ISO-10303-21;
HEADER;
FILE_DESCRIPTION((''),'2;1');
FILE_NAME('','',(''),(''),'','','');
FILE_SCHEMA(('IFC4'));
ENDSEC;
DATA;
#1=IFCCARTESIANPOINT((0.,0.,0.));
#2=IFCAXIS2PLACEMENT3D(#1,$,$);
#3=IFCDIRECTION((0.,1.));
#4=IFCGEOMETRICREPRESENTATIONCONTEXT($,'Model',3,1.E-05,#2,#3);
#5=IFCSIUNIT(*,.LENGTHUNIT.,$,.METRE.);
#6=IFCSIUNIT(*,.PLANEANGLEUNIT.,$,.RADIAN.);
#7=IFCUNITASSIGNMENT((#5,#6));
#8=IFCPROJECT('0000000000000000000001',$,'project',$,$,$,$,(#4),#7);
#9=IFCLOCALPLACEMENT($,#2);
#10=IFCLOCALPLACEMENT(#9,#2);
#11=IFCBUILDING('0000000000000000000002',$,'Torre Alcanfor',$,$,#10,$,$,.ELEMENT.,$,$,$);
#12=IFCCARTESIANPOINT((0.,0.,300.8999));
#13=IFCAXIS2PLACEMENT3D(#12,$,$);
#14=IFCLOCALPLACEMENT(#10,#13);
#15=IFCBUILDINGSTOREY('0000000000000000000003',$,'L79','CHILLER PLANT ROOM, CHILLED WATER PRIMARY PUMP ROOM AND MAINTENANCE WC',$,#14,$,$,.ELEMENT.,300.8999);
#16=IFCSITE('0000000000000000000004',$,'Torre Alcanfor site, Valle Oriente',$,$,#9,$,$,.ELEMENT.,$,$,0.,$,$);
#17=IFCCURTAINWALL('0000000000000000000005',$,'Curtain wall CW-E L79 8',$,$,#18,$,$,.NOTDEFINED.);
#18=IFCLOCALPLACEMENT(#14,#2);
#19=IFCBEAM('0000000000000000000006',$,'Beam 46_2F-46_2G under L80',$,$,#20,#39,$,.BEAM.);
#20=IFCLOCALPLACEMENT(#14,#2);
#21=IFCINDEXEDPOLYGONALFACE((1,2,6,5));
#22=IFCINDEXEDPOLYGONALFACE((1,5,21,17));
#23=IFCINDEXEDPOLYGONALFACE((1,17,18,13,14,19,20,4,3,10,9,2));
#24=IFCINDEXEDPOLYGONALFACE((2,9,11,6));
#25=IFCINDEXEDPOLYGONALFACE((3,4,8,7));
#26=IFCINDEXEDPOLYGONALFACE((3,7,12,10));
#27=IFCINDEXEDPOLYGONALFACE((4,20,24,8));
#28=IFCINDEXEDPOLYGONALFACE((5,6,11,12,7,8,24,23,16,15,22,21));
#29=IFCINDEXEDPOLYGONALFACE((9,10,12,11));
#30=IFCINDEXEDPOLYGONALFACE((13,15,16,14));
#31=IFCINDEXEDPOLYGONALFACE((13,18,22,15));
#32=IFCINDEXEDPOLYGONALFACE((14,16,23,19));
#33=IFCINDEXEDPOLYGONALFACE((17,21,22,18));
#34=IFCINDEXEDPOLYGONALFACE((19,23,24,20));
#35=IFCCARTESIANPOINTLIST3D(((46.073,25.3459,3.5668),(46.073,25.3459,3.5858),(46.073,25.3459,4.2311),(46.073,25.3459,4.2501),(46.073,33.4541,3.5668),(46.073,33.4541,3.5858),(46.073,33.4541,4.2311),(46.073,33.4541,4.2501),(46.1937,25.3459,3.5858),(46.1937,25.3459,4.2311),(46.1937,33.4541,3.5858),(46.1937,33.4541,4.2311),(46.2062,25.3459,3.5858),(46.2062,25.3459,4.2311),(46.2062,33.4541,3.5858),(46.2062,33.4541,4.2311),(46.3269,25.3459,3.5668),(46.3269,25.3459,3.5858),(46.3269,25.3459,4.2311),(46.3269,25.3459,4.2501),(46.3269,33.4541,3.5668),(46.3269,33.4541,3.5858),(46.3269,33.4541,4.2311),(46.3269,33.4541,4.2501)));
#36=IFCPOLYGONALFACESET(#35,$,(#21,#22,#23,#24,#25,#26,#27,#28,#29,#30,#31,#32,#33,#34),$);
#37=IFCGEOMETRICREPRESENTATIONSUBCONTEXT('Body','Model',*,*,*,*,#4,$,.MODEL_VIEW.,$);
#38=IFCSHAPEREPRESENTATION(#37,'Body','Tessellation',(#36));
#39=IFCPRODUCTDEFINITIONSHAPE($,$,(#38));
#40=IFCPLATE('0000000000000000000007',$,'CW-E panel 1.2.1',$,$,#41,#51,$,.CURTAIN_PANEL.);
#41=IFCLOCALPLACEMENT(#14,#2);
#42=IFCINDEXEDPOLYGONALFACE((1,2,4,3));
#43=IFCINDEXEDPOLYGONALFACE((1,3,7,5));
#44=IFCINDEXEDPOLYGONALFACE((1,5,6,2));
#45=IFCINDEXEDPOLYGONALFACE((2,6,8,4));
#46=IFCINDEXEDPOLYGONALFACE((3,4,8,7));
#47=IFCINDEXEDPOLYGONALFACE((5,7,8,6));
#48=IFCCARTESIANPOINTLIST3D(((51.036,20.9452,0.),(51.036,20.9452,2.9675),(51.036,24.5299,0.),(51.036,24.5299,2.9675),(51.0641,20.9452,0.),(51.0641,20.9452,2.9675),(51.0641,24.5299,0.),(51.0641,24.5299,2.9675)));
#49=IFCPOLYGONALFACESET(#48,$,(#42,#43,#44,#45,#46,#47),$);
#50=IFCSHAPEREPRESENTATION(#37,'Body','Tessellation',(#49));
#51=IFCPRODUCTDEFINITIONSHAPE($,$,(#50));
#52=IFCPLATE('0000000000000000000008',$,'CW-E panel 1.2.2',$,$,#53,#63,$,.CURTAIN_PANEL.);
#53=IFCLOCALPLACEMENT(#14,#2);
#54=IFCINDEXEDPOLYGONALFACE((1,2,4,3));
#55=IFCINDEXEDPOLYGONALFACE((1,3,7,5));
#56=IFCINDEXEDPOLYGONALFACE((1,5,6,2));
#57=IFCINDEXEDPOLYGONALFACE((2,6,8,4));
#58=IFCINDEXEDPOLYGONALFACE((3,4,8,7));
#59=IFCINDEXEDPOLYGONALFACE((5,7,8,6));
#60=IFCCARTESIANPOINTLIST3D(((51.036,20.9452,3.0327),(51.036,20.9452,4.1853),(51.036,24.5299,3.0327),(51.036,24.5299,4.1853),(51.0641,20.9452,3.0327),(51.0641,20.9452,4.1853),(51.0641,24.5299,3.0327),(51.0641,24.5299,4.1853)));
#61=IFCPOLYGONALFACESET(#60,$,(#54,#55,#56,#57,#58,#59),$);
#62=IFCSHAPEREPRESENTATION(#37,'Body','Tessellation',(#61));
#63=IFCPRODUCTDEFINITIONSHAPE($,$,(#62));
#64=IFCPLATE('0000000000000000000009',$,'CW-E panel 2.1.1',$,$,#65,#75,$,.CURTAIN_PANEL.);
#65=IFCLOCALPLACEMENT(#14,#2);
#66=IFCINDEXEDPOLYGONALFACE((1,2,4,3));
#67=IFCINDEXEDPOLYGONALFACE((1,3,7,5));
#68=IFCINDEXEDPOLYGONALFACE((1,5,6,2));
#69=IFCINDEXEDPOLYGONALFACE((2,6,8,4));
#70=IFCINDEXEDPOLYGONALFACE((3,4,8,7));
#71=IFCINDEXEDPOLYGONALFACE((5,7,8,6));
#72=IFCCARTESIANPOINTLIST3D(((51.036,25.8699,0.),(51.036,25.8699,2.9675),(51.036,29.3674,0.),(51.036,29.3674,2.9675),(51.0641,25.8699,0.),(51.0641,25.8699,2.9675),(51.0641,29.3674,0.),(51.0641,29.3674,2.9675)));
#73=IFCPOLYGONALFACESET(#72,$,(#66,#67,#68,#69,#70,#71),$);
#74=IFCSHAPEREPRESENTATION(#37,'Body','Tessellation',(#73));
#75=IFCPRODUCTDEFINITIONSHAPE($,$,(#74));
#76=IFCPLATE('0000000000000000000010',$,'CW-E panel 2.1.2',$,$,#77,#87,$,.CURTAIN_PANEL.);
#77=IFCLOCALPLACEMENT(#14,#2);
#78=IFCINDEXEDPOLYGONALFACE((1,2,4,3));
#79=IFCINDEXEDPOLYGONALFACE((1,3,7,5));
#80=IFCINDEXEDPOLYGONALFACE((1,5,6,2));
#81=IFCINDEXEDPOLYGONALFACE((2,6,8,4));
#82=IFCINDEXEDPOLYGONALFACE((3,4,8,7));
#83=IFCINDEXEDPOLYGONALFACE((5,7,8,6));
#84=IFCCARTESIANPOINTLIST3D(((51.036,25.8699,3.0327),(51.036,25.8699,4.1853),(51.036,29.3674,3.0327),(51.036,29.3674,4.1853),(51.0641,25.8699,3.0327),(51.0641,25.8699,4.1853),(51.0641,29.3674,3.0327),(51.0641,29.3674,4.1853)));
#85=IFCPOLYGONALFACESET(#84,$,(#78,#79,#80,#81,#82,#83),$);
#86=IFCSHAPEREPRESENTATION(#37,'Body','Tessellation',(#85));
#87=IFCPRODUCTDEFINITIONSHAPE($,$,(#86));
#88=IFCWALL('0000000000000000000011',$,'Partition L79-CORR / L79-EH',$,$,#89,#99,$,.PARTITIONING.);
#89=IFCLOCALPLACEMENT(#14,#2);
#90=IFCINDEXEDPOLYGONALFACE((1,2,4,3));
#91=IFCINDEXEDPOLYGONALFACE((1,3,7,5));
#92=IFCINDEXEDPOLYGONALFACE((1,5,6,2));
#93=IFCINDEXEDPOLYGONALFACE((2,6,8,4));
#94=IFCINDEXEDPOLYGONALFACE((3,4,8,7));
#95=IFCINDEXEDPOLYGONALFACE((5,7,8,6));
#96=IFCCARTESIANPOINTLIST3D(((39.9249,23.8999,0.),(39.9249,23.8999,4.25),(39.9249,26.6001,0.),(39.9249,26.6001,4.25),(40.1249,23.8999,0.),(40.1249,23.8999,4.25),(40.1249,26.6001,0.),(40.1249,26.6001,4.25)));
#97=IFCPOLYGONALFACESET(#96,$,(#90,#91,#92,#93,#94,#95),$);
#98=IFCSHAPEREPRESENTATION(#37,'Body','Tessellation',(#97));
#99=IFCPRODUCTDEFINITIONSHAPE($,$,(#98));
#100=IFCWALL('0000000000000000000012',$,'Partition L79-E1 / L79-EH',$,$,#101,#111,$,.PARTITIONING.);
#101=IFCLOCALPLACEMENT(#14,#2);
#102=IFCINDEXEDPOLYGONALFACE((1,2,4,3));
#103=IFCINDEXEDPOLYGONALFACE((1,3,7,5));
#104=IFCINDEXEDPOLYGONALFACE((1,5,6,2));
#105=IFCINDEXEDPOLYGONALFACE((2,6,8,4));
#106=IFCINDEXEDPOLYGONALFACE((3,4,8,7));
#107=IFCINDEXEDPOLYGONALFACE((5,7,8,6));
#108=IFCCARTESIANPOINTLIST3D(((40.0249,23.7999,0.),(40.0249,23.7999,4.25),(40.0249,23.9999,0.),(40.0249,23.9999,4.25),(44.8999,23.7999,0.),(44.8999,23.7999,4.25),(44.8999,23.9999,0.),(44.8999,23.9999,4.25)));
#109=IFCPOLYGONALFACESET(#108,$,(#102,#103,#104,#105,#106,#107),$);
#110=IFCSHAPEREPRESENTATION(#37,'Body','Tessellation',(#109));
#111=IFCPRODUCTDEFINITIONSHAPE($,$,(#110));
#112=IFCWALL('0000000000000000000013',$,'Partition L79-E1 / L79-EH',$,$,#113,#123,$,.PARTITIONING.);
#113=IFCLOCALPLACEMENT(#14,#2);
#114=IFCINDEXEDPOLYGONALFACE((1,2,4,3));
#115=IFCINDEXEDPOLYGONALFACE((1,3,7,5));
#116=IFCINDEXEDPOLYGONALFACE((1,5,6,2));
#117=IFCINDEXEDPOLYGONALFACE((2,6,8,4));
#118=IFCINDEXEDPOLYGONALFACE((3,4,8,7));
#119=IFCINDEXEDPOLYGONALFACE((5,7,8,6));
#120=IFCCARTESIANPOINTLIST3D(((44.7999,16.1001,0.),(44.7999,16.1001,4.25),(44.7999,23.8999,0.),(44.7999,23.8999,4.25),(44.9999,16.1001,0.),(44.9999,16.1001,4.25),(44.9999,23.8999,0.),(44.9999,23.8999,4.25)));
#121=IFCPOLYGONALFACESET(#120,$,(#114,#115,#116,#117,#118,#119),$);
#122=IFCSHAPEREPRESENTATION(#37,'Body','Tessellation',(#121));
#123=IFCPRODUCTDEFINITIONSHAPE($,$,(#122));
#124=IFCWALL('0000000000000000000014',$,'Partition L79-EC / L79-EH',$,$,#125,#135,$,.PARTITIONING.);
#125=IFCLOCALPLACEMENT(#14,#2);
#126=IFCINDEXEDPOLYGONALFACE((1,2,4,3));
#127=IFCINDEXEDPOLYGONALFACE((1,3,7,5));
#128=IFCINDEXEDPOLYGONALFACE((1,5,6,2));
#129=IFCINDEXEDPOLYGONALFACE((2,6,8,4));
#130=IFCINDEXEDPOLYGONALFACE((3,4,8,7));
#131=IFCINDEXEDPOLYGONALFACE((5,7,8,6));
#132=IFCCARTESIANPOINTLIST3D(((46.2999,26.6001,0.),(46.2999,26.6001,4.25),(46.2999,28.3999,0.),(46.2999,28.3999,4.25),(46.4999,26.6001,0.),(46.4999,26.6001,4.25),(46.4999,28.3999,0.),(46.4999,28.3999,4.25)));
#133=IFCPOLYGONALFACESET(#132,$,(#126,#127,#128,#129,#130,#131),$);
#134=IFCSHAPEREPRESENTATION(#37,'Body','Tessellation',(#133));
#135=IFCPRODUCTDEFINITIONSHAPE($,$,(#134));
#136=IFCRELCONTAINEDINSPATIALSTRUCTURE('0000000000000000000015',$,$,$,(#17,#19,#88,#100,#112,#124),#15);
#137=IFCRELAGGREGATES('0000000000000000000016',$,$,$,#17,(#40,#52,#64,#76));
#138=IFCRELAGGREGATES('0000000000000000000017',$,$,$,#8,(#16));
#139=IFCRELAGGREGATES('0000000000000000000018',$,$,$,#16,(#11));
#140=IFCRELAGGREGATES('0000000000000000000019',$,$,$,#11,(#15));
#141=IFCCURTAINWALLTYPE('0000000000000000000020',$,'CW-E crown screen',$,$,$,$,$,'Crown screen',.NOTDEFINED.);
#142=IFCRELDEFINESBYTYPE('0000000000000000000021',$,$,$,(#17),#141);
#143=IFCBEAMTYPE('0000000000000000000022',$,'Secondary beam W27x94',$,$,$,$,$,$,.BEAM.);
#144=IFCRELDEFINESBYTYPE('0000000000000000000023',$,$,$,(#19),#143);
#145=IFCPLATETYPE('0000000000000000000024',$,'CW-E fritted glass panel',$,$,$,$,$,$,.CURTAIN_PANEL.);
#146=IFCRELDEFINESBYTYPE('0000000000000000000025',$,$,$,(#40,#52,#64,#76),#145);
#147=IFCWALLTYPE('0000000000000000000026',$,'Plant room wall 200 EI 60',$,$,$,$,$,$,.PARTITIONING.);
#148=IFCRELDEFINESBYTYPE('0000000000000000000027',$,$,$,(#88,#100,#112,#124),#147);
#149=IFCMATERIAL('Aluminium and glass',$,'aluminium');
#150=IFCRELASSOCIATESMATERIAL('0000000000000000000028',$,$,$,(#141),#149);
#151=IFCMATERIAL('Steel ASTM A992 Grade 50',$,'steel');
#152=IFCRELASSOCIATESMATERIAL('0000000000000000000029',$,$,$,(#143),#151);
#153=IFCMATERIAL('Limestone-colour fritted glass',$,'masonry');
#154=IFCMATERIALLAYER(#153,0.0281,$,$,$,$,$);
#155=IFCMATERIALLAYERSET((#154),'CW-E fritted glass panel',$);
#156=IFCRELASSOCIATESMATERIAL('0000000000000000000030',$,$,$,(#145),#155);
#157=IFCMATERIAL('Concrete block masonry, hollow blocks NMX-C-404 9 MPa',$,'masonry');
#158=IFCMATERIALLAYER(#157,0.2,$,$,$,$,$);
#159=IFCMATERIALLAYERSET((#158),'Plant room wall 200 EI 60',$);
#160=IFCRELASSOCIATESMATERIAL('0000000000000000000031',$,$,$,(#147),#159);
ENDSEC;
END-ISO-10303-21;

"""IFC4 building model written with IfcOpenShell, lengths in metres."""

from ifc_helpers import new_model, si_unit, direction, frame, frame_2d, origin, origin_2d, place, context, subcontext, project, spatial, rectangle, i_section, extrude, material, layer, layer_set, material_profile, profile_set, type_object, element, aggregate, save


model = new_model("IFC4")

# Units and contexts
model_context = context("Model", 3, precision=1e-05, world=origin(), true_north=direction((0.0, 1.0)))
body_context = subcontext(model_context, "Body", "Model", "MODEL_VIEW")
ifc_project = project(units=[si_unit("LENGTHUNIT", "METRE"), si_unit("PLANEANGLEUNIT", "RADIAN")], contexts=[model_context])

# Site, building, storey
site_placement = place(None, origin())
site = spatial("IfcSite", under=ifc_project, at=site_placement, Name="Torre Alcanfor site, Valle Oriente", CompositionType="ELEMENT", RefElevation=0.0)
building_placement = place(site_placement, origin())
building = spatial("IfcBuilding", under=site, at=building_placement, Name="Torre Alcanfor", CompositionType="ELEMENT")
storey_placement = place(building_placement, frame((0.0, 0.0, 300.8999)))
storey = spatial("IfcBuildingStorey", under=building, at=storey_placement, Name="L79", Description="CHILLER PLANT ROOM, CHILLED WATER PRIMARY PUMP ROOM AND MAINTENANCE WC", CompositionType="ELEMENT", Elevation=300.8999)

# Curtain wall
ifc_material_1 = material(Name="Aluminium and glass", Category="aluminium")
curtain_wall_type = type_object("IfcCurtainWallType", Name="CW-E crown screen", ElementType="Crown screen", PredefinedType="NOTDEFINED", material=ifc_material_1)
curtain_wall_placement = place(storey_placement, origin())
curtain_wall = element("IfcCurtainWall", 1, at=curtain_wall_placement, inside=storey, type_object=curtain_wall_type, Name="Curtain wall CW-E L79 8", PredefinedType="NOTDEFINED")

# Beam
ifc_material_2 = material(Name="Steel ASTM A992 Grade 50", Category="steel")
ifc_material_profile_1 = material_profile(ifc_material_2, i_section(OverallWidth=0.2539, OverallDepth=0.6833, WebThickness=0.0125, FlangeThickness=0.019, at=origin_2d()), Name="W27x94")
ifc_profile_set_1 = profile_set([ifc_material_profile_1], Name="Steel ASTM A992 Grade 50")
beam_type_1 = type_object("IfcBeamType", Name="Secondary beam W27x94", PredefinedType="BEAM", material=ifc_profile_set_1)
beam_1_placement = place(storey_placement, frame((46.2, 25.3459, 3.9084), z_axis=(0.0, 1.0, 0.0), x_axis=(-1.0, 0.0, 0.0)))
element("IfcBeam", 2, at=beam_1_placement, inside=storey, type_object=beam_type_1, Name="Beam 46_2F-46_2G under L80", PredefinedType="BEAM", context=body_context, shape_type="SweptSolid", body=[
    extrude(i_section(OverallWidth=0.2539, OverallDepth=0.6833, WebThickness=0.0125, FlangeThickness=0.019, at=origin_2d()), origin(), (0.0, 0.0, 1.0), 8.1082),
])

# Plates
ifc_material_3 = material(Name="Limestone-colour fritted glass", Category="masonry")
ifc_layer_1 = layer(ifc_material_3, 0.0281)
ifc_layer_set_1 = layer_set([ifc_layer_1], Name="CW-E fritted glass panel")
plate_type = type_object("IfcPlateType", Name="CW-E fritted glass panel", PredefinedType="CURTAIN_PANEL", material=ifc_layer_set_1)
plate_1_placement = place(storey_placement, frame((51.05, 22.7375, 0.0), z_axis=(0.0, 0.0, 1.0), x_axis=(0.0, 1.0, 0.0)))
plate_1 = element("IfcPlate", 3, at=plate_1_placement, type_object=plate_type, Name="CW-E panel 1.2.1", PredefinedType="CURTAIN_PANEL", context=body_context, shape_type="SweptSolid", body=[
    extrude(rectangle(XDim=3.5847, YDim=0.0281, at=origin_2d()), origin(), (0.0, 0.0, 1.0), 2.9675),
])
plate_2_placement = place(storey_placement, frame((51.05, 22.7375, 3.0327), z_axis=(0.0, 0.0, 1.0), x_axis=(0.0, 1.0, 0.0)))
plate_2 = element("IfcPlate", 4, at=plate_2_placement, type_object=plate_type, Name="CW-E panel 1.2.2", PredefinedType="CURTAIN_PANEL", context=body_context, shape_type="SweptSolid", body=[
    extrude(rectangle(XDim=3.5847, YDim=0.0281, at=origin_2d()), origin(), (0.0, 0.0, 1.0), 1.1526),
])
plate_3_placement = place(storey_placement, frame((51.05, 27.6187, 0.0), z_axis=(0.0, 0.0, 1.0), x_axis=(0.0, 1.0, 0.0)))
plate_3 = element("IfcPlate", 5, at=plate_3_placement, type_object=plate_type, Name="CW-E panel 2.1.1", PredefinedType="CURTAIN_PANEL", context=body_context, shape_type="SweptSolid", body=[
    extrude(rectangle(XDim=3.4976, YDim=0.0281, at=origin_2d()), origin(), (0.0, 0.0, 1.0), 2.9675),
])
plate_4_placement = place(storey_placement, frame((51.05, 27.6187, 3.0327), z_axis=(0.0, 0.0, 1.0), x_axis=(0.0, 1.0, 0.0)))
plate_4 = element("IfcPlate", 6, at=plate_4_placement, type_object=plate_type, Name="CW-E panel 2.1.2", PredefinedType="CURTAIN_PANEL", context=body_context, shape_type="SweptSolid", body=[
    extrude(rectangle(XDim=3.4976, YDim=0.0281, at=origin_2d()), origin(), (0.0, 0.0, 1.0), 1.1526),
])
aggregate(curtain_wall, [plate_1, plate_2, plate_3, plate_4])

# Walls
ifc_material_4 = material(Name="Concrete block masonry, hollow blocks NMX-C-404 9 MPa", Category="masonry")
ifc_layer_2 = layer(ifc_material_4, 0.2)
ifc_layer_set_2 = layer_set([ifc_layer_2], Name="Plant room wall 200 EI 60")
wall_type = type_object("IfcWallType", Name="Plant room wall 200 EI 60", PredefinedType="PARTITIONING", material=ifc_layer_set_2)
wall_1_placement = place(storey_placement, frame((40.0249, 26.6001, 0.0), z_axis=(0.0, 0.0, 1.0), x_axis=(0.0, -1.0, 0.0)))
element("IfcWall", 7, at=wall_1_placement, inside=storey, type_object=wall_type, Name="Partition L79-CORR / L79-EH", PredefinedType="PARTITIONING", context=body_context, shape_type="SweptSolid", body=[
    extrude(rectangle(XDim=2.7002, YDim=0.2, at=frame_2d((1.3501, 0.0))), origin(), (0.0, 0.0, 1.0), 4.25),
])
wall_2_placement = place(storey_placement, frame((40.0249, 23.8999, 0.0), z_axis=(0.0, 0.0, 1.0), x_axis=(1.0, 0.0, 0.0)))
element("IfcWall", 8, at=wall_2_placement, inside=storey, type_object=wall_type, Name="Partition L79-E1 / L79-EH", PredefinedType="PARTITIONING", context=body_context, shape_type="SweptSolid", body=[
    extrude(rectangle(XDim=4.875, YDim=0.2, at=frame_2d((2.4375, 0.0))), origin(), (0.0, 0.0, 1.0), 4.25),
])
wall_3_placement = place(storey_placement, frame((44.8999, 23.8999, 0.0), z_axis=(0.0, 0.0, 1.0), x_axis=(0.0, -1.0, 0.0)))
element("IfcWall", 9, at=wall_3_placement, inside=storey, type_object=wall_type, Name="Partition L79-E1 / L79-EH", PredefinedType="PARTITIONING", context=body_context, shape_type="SweptSolid", body=[
    extrude(rectangle(XDim=7.7998, YDim=0.2, at=frame_2d((3.8999, 0.0))), origin(), (0.0, 0.0, 1.0), 4.25),
])

# Wall
wall_4_placement = place(storey_placement, frame((46.3999, 28.3999, 0.0), z_axis=(0.0, 0.0, 1.0), x_axis=(0.0, -1.0, 0.0)))
element("IfcWall", 10, at=wall_4_placement, inside=storey, type_object=wall_type, Name="Partition L79-EC / L79-EH", PredefinedType="PARTITIONING", context=body_context, shape_type="SweptSolid", body=[
    extrude(rectangle(XDim=1.7998, YDim=0.2, at=frame_2d((0.8999, 0.0))), origin(), (0.0, 0.0, 1.0), 4.25),
])

save(model, "model.ifc")
